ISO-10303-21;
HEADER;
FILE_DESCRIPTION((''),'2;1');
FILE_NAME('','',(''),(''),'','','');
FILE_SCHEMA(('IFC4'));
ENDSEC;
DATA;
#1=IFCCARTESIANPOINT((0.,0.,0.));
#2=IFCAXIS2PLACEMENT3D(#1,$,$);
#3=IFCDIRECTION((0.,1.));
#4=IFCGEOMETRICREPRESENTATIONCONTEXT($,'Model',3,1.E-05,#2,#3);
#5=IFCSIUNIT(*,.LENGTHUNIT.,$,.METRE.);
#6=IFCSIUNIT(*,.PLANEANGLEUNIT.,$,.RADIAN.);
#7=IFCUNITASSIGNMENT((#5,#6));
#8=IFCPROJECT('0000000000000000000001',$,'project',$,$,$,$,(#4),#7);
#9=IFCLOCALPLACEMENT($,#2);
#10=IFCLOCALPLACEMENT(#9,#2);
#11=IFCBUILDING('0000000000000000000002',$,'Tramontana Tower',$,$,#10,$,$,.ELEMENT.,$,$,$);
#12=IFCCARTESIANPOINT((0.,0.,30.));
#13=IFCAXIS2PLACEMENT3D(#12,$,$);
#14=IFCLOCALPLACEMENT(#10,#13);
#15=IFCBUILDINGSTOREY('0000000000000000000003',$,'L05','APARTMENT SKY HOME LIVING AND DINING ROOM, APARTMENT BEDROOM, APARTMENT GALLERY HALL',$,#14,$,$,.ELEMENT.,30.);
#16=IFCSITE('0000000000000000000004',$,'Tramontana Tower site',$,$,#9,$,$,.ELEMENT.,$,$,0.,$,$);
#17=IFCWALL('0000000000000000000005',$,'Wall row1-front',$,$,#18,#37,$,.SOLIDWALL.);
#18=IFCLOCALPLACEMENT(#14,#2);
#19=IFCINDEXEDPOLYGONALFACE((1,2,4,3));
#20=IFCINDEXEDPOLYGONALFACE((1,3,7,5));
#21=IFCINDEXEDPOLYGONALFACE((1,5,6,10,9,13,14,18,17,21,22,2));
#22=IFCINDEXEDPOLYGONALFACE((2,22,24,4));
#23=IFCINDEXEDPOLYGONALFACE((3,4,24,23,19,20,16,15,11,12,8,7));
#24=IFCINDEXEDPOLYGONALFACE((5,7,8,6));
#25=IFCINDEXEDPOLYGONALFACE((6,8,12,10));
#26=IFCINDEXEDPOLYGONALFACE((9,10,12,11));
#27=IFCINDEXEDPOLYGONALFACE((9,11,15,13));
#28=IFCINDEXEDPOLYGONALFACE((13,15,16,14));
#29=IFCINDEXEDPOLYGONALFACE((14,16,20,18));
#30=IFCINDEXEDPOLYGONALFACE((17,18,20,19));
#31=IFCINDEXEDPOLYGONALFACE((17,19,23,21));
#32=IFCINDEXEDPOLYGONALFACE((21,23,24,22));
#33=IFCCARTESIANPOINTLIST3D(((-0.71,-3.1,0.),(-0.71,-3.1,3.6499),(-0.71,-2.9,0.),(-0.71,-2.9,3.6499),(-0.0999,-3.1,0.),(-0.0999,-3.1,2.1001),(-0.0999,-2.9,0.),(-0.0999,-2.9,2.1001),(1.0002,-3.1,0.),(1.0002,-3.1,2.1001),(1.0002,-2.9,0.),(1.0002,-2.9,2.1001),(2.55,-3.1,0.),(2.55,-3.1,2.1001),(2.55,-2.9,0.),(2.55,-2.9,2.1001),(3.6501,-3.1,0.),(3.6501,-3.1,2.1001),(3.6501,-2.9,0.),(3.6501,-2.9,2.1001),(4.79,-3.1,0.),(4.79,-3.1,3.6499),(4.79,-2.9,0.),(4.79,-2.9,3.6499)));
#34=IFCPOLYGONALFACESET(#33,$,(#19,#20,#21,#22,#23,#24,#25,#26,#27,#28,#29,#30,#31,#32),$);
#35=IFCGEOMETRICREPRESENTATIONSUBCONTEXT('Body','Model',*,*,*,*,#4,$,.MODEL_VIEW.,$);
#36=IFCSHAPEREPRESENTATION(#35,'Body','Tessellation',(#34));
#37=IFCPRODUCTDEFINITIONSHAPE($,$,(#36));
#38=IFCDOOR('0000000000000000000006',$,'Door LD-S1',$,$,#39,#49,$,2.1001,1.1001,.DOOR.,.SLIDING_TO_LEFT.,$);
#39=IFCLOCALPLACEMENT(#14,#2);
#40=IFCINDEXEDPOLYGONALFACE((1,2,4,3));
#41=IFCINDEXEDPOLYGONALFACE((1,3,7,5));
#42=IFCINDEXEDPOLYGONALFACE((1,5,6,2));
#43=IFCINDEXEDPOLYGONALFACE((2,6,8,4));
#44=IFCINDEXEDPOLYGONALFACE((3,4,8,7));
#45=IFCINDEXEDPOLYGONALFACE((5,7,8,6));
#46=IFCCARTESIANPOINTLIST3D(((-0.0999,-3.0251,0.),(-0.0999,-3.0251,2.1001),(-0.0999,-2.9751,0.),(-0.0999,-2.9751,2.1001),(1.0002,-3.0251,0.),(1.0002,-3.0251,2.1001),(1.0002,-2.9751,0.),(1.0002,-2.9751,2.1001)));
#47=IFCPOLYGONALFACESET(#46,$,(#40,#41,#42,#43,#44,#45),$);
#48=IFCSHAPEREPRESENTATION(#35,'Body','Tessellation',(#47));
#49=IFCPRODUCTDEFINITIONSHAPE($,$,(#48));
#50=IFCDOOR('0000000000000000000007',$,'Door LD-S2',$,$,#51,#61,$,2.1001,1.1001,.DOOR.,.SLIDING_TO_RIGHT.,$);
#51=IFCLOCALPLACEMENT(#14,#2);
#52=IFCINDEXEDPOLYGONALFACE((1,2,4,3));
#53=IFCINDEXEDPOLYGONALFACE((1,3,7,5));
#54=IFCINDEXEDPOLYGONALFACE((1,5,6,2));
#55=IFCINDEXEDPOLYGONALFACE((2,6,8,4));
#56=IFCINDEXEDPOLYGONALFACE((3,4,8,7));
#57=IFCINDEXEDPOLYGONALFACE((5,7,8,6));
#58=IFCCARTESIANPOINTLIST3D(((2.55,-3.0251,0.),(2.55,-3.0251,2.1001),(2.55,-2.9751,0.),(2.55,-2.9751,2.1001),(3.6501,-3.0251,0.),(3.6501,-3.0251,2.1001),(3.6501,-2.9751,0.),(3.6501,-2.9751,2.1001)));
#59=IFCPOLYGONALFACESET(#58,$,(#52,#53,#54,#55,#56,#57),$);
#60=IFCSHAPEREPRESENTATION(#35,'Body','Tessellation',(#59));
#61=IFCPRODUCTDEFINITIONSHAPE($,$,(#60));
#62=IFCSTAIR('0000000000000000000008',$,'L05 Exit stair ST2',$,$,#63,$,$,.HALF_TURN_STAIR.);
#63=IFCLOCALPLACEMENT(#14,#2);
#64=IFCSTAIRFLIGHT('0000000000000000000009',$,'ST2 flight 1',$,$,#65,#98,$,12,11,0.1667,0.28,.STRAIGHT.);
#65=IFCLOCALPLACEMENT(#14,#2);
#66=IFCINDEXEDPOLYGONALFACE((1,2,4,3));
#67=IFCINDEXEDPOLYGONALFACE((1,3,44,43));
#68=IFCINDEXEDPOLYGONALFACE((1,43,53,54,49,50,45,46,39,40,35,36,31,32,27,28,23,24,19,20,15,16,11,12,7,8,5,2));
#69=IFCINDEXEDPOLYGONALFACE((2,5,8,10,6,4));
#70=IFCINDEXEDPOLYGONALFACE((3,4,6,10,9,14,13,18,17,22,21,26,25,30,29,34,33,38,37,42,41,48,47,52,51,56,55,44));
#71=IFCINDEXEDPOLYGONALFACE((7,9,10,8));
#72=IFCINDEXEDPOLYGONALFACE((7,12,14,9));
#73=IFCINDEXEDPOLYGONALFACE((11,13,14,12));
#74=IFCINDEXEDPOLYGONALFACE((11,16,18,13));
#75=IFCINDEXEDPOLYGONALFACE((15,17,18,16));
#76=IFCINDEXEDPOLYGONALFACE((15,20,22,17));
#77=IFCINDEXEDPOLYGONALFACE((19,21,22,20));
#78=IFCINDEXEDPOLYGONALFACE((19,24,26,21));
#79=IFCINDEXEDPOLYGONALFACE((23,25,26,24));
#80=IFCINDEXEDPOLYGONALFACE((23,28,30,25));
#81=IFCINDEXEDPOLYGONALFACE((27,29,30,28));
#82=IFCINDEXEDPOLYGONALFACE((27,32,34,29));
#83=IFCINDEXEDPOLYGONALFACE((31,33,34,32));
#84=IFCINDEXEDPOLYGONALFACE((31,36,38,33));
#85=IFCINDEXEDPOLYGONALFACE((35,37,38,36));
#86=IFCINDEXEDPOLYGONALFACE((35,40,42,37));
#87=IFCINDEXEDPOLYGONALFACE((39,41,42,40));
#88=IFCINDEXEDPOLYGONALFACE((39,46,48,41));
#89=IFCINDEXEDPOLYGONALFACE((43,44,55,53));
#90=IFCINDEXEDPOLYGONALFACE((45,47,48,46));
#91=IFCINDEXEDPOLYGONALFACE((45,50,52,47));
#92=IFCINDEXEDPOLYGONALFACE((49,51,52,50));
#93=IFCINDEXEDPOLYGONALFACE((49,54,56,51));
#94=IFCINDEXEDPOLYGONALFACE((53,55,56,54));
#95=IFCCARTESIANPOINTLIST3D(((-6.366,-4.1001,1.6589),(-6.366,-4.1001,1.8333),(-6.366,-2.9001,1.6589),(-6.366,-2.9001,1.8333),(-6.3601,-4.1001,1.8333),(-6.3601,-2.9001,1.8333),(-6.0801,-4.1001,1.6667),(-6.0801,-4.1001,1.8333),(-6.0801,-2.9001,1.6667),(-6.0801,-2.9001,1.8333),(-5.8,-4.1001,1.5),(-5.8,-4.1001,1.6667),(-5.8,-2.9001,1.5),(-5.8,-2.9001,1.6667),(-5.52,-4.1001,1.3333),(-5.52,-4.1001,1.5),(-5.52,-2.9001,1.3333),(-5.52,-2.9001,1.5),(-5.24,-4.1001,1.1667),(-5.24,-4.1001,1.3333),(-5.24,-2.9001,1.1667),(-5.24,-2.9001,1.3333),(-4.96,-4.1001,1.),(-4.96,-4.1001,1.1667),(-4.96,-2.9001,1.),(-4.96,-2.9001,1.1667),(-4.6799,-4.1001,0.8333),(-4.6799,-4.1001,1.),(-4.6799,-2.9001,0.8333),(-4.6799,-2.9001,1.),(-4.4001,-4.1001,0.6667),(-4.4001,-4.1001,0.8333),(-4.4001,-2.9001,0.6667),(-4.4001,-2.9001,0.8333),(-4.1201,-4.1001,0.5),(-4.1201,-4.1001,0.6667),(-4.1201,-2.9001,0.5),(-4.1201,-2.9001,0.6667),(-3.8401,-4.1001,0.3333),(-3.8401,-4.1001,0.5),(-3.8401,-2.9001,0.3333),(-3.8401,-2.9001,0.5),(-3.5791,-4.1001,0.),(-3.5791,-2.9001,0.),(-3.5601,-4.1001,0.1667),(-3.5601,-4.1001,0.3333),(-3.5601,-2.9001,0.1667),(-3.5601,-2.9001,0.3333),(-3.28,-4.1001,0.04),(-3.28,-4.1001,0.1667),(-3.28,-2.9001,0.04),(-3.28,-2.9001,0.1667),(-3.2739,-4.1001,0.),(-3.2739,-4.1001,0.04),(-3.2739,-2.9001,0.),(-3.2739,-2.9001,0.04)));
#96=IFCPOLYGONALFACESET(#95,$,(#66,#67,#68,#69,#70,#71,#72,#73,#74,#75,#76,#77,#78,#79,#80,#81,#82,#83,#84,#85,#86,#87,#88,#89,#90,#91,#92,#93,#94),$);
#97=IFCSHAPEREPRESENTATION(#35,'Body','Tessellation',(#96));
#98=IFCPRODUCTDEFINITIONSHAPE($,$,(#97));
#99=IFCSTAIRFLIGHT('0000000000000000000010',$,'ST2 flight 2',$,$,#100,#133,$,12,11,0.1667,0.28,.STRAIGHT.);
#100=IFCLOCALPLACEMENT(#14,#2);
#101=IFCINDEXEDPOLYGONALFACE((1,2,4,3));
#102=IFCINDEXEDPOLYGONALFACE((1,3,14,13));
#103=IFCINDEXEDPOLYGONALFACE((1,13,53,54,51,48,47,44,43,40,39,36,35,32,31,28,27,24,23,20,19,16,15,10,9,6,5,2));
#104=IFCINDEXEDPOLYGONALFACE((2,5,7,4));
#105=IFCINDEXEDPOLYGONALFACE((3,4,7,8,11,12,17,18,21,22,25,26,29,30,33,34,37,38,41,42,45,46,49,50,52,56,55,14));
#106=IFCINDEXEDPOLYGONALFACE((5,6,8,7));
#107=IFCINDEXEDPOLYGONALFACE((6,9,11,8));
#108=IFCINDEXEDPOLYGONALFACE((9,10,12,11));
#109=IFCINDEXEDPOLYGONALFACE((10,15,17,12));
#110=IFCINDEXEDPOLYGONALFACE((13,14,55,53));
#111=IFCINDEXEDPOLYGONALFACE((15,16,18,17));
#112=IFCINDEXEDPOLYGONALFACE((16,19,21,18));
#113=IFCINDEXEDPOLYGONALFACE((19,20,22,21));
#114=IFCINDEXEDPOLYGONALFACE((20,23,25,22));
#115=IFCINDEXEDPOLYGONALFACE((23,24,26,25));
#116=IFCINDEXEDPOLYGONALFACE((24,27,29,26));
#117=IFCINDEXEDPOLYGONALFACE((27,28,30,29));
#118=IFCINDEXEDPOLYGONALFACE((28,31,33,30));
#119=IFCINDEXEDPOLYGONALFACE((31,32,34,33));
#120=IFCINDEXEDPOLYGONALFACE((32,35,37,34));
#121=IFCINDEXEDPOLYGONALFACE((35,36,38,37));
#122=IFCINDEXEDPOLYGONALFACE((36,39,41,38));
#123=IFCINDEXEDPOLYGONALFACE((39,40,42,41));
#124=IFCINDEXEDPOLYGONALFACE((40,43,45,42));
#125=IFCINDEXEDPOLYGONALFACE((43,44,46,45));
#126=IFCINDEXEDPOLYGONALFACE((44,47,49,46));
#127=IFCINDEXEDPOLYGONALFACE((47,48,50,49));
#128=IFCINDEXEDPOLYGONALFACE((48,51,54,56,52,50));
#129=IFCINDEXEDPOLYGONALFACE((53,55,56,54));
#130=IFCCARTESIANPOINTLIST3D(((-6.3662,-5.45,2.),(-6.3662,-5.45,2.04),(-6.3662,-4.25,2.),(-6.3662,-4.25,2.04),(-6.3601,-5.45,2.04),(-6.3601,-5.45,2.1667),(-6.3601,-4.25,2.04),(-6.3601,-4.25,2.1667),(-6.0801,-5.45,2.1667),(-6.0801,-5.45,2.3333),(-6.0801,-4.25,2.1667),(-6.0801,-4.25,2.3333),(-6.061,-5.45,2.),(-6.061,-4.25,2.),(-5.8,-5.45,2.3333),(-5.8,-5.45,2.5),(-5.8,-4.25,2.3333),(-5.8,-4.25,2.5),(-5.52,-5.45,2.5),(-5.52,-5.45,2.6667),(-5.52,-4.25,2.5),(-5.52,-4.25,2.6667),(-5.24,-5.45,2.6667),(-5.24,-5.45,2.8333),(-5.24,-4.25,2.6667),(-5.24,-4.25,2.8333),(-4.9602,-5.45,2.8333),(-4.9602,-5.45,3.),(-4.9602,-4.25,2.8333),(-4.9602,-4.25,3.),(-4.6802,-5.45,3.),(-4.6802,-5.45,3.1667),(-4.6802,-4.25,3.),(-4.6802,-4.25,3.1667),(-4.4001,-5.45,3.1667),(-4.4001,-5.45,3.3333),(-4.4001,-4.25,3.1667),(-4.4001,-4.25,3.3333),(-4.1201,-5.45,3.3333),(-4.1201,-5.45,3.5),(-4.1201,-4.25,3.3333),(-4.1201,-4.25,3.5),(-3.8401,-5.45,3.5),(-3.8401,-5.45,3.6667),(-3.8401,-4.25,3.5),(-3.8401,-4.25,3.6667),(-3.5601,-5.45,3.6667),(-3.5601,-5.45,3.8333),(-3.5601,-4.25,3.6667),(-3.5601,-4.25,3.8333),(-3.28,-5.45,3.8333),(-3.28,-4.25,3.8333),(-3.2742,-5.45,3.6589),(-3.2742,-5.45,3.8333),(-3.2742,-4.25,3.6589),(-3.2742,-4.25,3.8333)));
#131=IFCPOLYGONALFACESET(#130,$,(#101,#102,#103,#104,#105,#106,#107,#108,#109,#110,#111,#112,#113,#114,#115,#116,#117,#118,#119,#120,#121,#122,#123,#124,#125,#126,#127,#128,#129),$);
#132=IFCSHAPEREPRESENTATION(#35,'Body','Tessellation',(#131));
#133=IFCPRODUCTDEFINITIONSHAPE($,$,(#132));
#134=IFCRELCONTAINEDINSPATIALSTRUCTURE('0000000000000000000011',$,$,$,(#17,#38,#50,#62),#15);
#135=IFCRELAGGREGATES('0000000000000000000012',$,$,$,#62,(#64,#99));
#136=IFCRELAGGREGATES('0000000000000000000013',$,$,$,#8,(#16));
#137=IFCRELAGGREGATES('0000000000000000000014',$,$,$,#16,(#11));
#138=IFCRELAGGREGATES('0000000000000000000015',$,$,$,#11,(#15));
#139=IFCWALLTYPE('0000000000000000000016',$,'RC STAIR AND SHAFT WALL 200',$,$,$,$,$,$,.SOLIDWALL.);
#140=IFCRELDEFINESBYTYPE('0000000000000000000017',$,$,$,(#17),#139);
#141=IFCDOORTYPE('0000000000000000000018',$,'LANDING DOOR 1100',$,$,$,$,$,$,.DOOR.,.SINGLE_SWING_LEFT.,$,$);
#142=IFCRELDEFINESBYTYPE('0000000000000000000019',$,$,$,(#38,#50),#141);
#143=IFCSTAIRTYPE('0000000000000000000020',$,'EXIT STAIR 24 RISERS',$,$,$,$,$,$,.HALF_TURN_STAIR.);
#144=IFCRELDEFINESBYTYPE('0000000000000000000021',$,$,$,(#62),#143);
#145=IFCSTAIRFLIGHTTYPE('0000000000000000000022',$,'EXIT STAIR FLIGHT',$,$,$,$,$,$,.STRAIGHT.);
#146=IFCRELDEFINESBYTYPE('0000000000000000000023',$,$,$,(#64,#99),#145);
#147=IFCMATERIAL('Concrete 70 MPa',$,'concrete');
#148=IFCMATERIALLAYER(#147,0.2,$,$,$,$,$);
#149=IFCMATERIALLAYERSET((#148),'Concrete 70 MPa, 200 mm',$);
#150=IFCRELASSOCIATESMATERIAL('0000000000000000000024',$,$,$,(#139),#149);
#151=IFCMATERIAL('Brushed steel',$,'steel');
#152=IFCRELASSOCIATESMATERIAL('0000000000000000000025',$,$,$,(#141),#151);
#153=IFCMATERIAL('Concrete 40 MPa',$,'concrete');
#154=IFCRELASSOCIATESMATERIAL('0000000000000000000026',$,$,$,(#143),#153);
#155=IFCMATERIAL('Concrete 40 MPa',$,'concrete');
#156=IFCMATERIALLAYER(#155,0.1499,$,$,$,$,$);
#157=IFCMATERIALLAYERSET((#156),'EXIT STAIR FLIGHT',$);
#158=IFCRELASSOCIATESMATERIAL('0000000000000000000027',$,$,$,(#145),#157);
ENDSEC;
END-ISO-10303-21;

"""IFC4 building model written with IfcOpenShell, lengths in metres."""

from ifc_helpers import new_model, si_unit, direction, frame, frame_2d, origin, place, context, subcontext, project, spatial, polyline, rectangle, outline, extrude, material, layer, layer_set, type_object, element, fill, aggregate, save


model = new_model("IFC4")

# Units and contexts
model_context = context("Model", 3, precision=1e-05, world=origin(), true_north=direction((0.0, 1.0)))
body_context = subcontext(model_context, "Body", "Model", "MODEL_VIEW")
ifc_project = project(units=[si_unit("LENGTHUNIT", "METRE"), si_unit("PLANEANGLEUNIT", "RADIAN")], contexts=[model_context])

# Site, building, storey
site_placement = place(None, origin())
site = spatial("IfcSite", under=ifc_project, at=site_placement, Name="Tramontana Tower site", CompositionType="ELEMENT", RefElevation=0.0)
building_placement = place(site_placement, origin())
building = spatial("IfcBuilding", under=site, at=building_placement, Name="Tramontana Tower", CompositionType="ELEMENT")
storey_placement = place(building_placement, frame((0.0, 0.0, 30.0)))
storey = spatial("IfcBuildingStorey", under=building, at=storey_placement, Name="L05", Description="APARTMENT SKY HOME LIVING AND DINING ROOM, APARTMENT BEDROOM, APARTMENT GALLERY HALL", CompositionType="ELEMENT", Elevation=30.0)

# Wall, openings, doors
ifc_material_1 = material(Name="Concrete 70 MPa", Category="concrete")
ifc_layer_1 = layer(ifc_material_1, 0.2)
ifc_layer_set_1 = layer_set([ifc_layer_1], Name="Concrete 70 MPa, 200 mm")
wall_type_1 = type_object("IfcWallType", Name="RC STAIR AND SHAFT WALL 200", PredefinedType="SOLIDWALL", material=ifc_layer_set_1)
wall_1_placement = place(storey_placement, frame((-0.71, -3.0, 0.0), z_axis=(0.0, 0.0, 1.0), x_axis=(1.0, 0.0, 0.0)))
wall_1 = element("IfcWall", 1, at=wall_1_placement, inside=storey, type_object=wall_type_1, Name="Wall row1-front", PredefinedType="SOLIDWALL", context=body_context, shape_type="SweptSolid", body=[
    extrude(rectangle(XDim=5.5, YDim=0.2, at=frame_2d((2.75, 0.0))), origin(), (0.0, 0.0, 1.0), 3.6499),
])
opening_1_placement = place(wall_1_placement, frame((0.6101, 0.0, 0.0)))
opening_1 = element("IfcOpeningElement", 2, at=opening_1_placement, cuts=wall_1, PredefinedType="OPENING", context=body_context, shape_type="SweptSolid", body=[
    extrude(rectangle(XDim=1.1001, YDim=2.1001, at=frame_2d((0.55, 1.05))), frame((0.0, 0.1099, 0.0), z_axis=(0.0, -1.0, 0.0), x_axis=(1.0, 0.0, 0.0)), (0.0, 0.0, 1.0), 0.22),
])
opening_2_placement = place(wall_1_placement, frame((3.26, 0.0, 0.0)))
opening_2 = element("IfcOpeningElement", 3, at=opening_2_placement, cuts=wall_1, PredefinedType="OPENING", context=body_context, shape_type="SweptSolid", body=[
    extrude(rectangle(XDim=1.1001, YDim=2.1001, at=frame_2d((0.55, 1.05))), frame((0.0, 0.1099, 0.0), z_axis=(0.0, -1.0, 0.0), x_axis=(1.0, 0.0, 0.0)), (0.0, 0.0, 1.0), 0.22),
])
ifc_material_2 = material(Name="Brushed steel", Category="steel")
door_type_1 = type_object("IfcDoorType", Name="LANDING DOOR 1100", OperationType="SINGLE_SWING_LEFT", PredefinedType="DOOR", material=ifc_material_2)
door_1_placement = place(opening_1_placement, origin())
door_1 = element("IfcDoor", 4, at=door_1_placement, inside=storey, type_object=door_type_1, Name="Door LD-S1", OperationType="SLIDING_TO_LEFT", OverallHeight=2.1001, OverallWidth=1.1001, PredefinedType="DOOR", context=body_context, shape_type="SweptSolid", body=[
    extrude(rectangle(XDim=1.1001, YDim=2.1001, at=frame_2d((0.55, 1.05))), frame((0.0, 0.0249, 0.0), z_axis=(0.0, -1.0, 0.0), x_axis=(1.0, 0.0, 0.0)), (0.0, 0.0, 1.0), 0.05),
])
fill(opening_1, door_1)
door_2_placement = place(opening_2_placement, origin())
door_2 = element("IfcDoor", 5, at=door_2_placement, inside=storey, type_object=door_type_1, Name="Door LD-S2", OperationType="SLIDING_TO_RIGHT", OverallHeight=2.1001, OverallWidth=1.1001, PredefinedType="DOOR", context=body_context, shape_type="SweptSolid", body=[
    extrude(rectangle(XDim=1.1001, YDim=2.1001, at=frame_2d((0.55, 1.05))), frame((0.0, 0.0249, 0.0), z_axis=(0.0, -1.0, 0.0), x_axis=(1.0, 0.0, 0.0)), (0.0, 0.0, 1.0), 0.05),
])
fill(opening_2, door_2)

# Stair, stair flights
ifc_material_3 = material(Name="Concrete 40 MPa", Category="concrete")
stair_type = type_object("IfcStairType", Name="EXIT STAIR 24 RISERS", PredefinedType="HALF_TURN_STAIR", material=ifc_material_3)
stair_placement = place(storey_placement, origin())
stair = element("IfcStair", 6, at=stair_placement, inside=storey, type_object=stair_type, Name="L05 Exit stair ST2", PredefinedType="HALF_TURN_STAIR")
ifc_material_4 = material(Name="Concrete 40 MPa", Category="concrete")
ifc_layer_2 = layer(ifc_material_4, 0.1499)
ifc_layer_set_2 = layer_set([ifc_layer_2], Name="EXIT STAIR FLIGHT")
stair_flight_type = type_object("IfcStairFlightType", Name="EXIT STAIR FLIGHT", PredefinedType="STRAIGHT", material=ifc_layer_set_2)
stair_flight_1_placement = place(storey_placement, frame((-3.28, -3.5, 0.0), z_axis=(0.0, 0.0, 1.0), x_axis=(-1.0, 0.0, 0.0)))
stair_flight_1 = element("IfcStairFlight", 7, at=stair_flight_1_placement, type_object=stair_flight_type, Name="ST2 flight 1", NumberOfRisers=12, NumberOfTreads=11, PredefinedType="STRAIGHT", RiserHeight=0.1667, TreadLength=0.28, context=body_context, shape_type="SweptSolid", body=[
    extrude(outline(polyline([(-0.0061, 0.0), (-0.0061, 0.04), (0.0, 0.04), (0.0, 0.1667), (0.28, 0.1667), (0.28, 0.3333), (0.5601, 0.3333), (0.5601, 0.5), (0.8401, 0.5), (0.8401, 0.6667), (1.1201, 0.6667), (1.1201, 0.8333), (1.3999, 0.8333), (1.3999, 1.0), (1.6799, 1.0), (1.6799, 1.1667), (1.96, 1.1667), (1.96, 1.3333), (2.24, 1.3333), (2.24, 1.5), (2.52, 1.5), (2.52, 1.6667), (2.8, 1.6667), (2.8, 1.8333), (3.0801, 1.8333), (3.0859, 1.8333), (3.0859, 1.6589), (0.2991, 0.0), (-0.0061, 0.0)])), frame((0.0, 0.6001, 0.0), z_axis=(0.0, -1.0, 0.0), x_axis=(1.0, 0.0, 0.0)), (0.0, 0.0, 1.0), 1.2),
])
stair_flight_2_placement = place(storey_placement, frame((-6.3601, -4.8501, 2.0), z_axis=(0.0, 0.0, 1.0), x_axis=(1.0, 0.0, 0.0)))
stair_flight_2 = element("IfcStairFlight", 8, at=stair_flight_2_placement, type_object=stair_flight_type, Name="ST2 flight 2", NumberOfRisers=12, NumberOfTreads=11, PredefinedType="STRAIGHT", RiserHeight=0.1667, TreadLength=0.28, context=body_context, shape_type="SweptSolid", body=[
    extrude(outline(polyline([(-0.0061, 0.0), (-0.0061, 0.04), (0.0, 0.04), (0.0, 0.1667), (0.28, 0.1667), (0.28, 0.3333), (0.5601, 0.3333), (0.5601, 0.5), (0.8401, 0.5), (0.8401, 0.6667), (1.1201, 0.6667), (1.1201, 0.8333), (1.3999, 0.8333), (1.3999, 1.0), (1.6799, 1.0), (1.6799, 1.1667), (1.96, 1.1667), (1.96, 1.3333), (2.24, 1.3333), (2.24, 1.5), (2.52, 1.5), (2.52, 1.6667), (2.8, 1.6667), (2.8, 1.8333), (3.0801, 1.8333), (3.0859, 1.8333), (3.0859, 1.6589), (0.2991, 0.0), (-0.0061, 0.0)])), frame((0.0, 0.6001, 0.0), z_axis=(0.0, -1.0, 0.0), x_axis=(1.0, 0.0, 0.0)), (0.0, 0.0, 1.0), 1.2),
])
aggregate(stair, [stair_flight_1, stair_flight_2])

save(model, "model.ifc")
